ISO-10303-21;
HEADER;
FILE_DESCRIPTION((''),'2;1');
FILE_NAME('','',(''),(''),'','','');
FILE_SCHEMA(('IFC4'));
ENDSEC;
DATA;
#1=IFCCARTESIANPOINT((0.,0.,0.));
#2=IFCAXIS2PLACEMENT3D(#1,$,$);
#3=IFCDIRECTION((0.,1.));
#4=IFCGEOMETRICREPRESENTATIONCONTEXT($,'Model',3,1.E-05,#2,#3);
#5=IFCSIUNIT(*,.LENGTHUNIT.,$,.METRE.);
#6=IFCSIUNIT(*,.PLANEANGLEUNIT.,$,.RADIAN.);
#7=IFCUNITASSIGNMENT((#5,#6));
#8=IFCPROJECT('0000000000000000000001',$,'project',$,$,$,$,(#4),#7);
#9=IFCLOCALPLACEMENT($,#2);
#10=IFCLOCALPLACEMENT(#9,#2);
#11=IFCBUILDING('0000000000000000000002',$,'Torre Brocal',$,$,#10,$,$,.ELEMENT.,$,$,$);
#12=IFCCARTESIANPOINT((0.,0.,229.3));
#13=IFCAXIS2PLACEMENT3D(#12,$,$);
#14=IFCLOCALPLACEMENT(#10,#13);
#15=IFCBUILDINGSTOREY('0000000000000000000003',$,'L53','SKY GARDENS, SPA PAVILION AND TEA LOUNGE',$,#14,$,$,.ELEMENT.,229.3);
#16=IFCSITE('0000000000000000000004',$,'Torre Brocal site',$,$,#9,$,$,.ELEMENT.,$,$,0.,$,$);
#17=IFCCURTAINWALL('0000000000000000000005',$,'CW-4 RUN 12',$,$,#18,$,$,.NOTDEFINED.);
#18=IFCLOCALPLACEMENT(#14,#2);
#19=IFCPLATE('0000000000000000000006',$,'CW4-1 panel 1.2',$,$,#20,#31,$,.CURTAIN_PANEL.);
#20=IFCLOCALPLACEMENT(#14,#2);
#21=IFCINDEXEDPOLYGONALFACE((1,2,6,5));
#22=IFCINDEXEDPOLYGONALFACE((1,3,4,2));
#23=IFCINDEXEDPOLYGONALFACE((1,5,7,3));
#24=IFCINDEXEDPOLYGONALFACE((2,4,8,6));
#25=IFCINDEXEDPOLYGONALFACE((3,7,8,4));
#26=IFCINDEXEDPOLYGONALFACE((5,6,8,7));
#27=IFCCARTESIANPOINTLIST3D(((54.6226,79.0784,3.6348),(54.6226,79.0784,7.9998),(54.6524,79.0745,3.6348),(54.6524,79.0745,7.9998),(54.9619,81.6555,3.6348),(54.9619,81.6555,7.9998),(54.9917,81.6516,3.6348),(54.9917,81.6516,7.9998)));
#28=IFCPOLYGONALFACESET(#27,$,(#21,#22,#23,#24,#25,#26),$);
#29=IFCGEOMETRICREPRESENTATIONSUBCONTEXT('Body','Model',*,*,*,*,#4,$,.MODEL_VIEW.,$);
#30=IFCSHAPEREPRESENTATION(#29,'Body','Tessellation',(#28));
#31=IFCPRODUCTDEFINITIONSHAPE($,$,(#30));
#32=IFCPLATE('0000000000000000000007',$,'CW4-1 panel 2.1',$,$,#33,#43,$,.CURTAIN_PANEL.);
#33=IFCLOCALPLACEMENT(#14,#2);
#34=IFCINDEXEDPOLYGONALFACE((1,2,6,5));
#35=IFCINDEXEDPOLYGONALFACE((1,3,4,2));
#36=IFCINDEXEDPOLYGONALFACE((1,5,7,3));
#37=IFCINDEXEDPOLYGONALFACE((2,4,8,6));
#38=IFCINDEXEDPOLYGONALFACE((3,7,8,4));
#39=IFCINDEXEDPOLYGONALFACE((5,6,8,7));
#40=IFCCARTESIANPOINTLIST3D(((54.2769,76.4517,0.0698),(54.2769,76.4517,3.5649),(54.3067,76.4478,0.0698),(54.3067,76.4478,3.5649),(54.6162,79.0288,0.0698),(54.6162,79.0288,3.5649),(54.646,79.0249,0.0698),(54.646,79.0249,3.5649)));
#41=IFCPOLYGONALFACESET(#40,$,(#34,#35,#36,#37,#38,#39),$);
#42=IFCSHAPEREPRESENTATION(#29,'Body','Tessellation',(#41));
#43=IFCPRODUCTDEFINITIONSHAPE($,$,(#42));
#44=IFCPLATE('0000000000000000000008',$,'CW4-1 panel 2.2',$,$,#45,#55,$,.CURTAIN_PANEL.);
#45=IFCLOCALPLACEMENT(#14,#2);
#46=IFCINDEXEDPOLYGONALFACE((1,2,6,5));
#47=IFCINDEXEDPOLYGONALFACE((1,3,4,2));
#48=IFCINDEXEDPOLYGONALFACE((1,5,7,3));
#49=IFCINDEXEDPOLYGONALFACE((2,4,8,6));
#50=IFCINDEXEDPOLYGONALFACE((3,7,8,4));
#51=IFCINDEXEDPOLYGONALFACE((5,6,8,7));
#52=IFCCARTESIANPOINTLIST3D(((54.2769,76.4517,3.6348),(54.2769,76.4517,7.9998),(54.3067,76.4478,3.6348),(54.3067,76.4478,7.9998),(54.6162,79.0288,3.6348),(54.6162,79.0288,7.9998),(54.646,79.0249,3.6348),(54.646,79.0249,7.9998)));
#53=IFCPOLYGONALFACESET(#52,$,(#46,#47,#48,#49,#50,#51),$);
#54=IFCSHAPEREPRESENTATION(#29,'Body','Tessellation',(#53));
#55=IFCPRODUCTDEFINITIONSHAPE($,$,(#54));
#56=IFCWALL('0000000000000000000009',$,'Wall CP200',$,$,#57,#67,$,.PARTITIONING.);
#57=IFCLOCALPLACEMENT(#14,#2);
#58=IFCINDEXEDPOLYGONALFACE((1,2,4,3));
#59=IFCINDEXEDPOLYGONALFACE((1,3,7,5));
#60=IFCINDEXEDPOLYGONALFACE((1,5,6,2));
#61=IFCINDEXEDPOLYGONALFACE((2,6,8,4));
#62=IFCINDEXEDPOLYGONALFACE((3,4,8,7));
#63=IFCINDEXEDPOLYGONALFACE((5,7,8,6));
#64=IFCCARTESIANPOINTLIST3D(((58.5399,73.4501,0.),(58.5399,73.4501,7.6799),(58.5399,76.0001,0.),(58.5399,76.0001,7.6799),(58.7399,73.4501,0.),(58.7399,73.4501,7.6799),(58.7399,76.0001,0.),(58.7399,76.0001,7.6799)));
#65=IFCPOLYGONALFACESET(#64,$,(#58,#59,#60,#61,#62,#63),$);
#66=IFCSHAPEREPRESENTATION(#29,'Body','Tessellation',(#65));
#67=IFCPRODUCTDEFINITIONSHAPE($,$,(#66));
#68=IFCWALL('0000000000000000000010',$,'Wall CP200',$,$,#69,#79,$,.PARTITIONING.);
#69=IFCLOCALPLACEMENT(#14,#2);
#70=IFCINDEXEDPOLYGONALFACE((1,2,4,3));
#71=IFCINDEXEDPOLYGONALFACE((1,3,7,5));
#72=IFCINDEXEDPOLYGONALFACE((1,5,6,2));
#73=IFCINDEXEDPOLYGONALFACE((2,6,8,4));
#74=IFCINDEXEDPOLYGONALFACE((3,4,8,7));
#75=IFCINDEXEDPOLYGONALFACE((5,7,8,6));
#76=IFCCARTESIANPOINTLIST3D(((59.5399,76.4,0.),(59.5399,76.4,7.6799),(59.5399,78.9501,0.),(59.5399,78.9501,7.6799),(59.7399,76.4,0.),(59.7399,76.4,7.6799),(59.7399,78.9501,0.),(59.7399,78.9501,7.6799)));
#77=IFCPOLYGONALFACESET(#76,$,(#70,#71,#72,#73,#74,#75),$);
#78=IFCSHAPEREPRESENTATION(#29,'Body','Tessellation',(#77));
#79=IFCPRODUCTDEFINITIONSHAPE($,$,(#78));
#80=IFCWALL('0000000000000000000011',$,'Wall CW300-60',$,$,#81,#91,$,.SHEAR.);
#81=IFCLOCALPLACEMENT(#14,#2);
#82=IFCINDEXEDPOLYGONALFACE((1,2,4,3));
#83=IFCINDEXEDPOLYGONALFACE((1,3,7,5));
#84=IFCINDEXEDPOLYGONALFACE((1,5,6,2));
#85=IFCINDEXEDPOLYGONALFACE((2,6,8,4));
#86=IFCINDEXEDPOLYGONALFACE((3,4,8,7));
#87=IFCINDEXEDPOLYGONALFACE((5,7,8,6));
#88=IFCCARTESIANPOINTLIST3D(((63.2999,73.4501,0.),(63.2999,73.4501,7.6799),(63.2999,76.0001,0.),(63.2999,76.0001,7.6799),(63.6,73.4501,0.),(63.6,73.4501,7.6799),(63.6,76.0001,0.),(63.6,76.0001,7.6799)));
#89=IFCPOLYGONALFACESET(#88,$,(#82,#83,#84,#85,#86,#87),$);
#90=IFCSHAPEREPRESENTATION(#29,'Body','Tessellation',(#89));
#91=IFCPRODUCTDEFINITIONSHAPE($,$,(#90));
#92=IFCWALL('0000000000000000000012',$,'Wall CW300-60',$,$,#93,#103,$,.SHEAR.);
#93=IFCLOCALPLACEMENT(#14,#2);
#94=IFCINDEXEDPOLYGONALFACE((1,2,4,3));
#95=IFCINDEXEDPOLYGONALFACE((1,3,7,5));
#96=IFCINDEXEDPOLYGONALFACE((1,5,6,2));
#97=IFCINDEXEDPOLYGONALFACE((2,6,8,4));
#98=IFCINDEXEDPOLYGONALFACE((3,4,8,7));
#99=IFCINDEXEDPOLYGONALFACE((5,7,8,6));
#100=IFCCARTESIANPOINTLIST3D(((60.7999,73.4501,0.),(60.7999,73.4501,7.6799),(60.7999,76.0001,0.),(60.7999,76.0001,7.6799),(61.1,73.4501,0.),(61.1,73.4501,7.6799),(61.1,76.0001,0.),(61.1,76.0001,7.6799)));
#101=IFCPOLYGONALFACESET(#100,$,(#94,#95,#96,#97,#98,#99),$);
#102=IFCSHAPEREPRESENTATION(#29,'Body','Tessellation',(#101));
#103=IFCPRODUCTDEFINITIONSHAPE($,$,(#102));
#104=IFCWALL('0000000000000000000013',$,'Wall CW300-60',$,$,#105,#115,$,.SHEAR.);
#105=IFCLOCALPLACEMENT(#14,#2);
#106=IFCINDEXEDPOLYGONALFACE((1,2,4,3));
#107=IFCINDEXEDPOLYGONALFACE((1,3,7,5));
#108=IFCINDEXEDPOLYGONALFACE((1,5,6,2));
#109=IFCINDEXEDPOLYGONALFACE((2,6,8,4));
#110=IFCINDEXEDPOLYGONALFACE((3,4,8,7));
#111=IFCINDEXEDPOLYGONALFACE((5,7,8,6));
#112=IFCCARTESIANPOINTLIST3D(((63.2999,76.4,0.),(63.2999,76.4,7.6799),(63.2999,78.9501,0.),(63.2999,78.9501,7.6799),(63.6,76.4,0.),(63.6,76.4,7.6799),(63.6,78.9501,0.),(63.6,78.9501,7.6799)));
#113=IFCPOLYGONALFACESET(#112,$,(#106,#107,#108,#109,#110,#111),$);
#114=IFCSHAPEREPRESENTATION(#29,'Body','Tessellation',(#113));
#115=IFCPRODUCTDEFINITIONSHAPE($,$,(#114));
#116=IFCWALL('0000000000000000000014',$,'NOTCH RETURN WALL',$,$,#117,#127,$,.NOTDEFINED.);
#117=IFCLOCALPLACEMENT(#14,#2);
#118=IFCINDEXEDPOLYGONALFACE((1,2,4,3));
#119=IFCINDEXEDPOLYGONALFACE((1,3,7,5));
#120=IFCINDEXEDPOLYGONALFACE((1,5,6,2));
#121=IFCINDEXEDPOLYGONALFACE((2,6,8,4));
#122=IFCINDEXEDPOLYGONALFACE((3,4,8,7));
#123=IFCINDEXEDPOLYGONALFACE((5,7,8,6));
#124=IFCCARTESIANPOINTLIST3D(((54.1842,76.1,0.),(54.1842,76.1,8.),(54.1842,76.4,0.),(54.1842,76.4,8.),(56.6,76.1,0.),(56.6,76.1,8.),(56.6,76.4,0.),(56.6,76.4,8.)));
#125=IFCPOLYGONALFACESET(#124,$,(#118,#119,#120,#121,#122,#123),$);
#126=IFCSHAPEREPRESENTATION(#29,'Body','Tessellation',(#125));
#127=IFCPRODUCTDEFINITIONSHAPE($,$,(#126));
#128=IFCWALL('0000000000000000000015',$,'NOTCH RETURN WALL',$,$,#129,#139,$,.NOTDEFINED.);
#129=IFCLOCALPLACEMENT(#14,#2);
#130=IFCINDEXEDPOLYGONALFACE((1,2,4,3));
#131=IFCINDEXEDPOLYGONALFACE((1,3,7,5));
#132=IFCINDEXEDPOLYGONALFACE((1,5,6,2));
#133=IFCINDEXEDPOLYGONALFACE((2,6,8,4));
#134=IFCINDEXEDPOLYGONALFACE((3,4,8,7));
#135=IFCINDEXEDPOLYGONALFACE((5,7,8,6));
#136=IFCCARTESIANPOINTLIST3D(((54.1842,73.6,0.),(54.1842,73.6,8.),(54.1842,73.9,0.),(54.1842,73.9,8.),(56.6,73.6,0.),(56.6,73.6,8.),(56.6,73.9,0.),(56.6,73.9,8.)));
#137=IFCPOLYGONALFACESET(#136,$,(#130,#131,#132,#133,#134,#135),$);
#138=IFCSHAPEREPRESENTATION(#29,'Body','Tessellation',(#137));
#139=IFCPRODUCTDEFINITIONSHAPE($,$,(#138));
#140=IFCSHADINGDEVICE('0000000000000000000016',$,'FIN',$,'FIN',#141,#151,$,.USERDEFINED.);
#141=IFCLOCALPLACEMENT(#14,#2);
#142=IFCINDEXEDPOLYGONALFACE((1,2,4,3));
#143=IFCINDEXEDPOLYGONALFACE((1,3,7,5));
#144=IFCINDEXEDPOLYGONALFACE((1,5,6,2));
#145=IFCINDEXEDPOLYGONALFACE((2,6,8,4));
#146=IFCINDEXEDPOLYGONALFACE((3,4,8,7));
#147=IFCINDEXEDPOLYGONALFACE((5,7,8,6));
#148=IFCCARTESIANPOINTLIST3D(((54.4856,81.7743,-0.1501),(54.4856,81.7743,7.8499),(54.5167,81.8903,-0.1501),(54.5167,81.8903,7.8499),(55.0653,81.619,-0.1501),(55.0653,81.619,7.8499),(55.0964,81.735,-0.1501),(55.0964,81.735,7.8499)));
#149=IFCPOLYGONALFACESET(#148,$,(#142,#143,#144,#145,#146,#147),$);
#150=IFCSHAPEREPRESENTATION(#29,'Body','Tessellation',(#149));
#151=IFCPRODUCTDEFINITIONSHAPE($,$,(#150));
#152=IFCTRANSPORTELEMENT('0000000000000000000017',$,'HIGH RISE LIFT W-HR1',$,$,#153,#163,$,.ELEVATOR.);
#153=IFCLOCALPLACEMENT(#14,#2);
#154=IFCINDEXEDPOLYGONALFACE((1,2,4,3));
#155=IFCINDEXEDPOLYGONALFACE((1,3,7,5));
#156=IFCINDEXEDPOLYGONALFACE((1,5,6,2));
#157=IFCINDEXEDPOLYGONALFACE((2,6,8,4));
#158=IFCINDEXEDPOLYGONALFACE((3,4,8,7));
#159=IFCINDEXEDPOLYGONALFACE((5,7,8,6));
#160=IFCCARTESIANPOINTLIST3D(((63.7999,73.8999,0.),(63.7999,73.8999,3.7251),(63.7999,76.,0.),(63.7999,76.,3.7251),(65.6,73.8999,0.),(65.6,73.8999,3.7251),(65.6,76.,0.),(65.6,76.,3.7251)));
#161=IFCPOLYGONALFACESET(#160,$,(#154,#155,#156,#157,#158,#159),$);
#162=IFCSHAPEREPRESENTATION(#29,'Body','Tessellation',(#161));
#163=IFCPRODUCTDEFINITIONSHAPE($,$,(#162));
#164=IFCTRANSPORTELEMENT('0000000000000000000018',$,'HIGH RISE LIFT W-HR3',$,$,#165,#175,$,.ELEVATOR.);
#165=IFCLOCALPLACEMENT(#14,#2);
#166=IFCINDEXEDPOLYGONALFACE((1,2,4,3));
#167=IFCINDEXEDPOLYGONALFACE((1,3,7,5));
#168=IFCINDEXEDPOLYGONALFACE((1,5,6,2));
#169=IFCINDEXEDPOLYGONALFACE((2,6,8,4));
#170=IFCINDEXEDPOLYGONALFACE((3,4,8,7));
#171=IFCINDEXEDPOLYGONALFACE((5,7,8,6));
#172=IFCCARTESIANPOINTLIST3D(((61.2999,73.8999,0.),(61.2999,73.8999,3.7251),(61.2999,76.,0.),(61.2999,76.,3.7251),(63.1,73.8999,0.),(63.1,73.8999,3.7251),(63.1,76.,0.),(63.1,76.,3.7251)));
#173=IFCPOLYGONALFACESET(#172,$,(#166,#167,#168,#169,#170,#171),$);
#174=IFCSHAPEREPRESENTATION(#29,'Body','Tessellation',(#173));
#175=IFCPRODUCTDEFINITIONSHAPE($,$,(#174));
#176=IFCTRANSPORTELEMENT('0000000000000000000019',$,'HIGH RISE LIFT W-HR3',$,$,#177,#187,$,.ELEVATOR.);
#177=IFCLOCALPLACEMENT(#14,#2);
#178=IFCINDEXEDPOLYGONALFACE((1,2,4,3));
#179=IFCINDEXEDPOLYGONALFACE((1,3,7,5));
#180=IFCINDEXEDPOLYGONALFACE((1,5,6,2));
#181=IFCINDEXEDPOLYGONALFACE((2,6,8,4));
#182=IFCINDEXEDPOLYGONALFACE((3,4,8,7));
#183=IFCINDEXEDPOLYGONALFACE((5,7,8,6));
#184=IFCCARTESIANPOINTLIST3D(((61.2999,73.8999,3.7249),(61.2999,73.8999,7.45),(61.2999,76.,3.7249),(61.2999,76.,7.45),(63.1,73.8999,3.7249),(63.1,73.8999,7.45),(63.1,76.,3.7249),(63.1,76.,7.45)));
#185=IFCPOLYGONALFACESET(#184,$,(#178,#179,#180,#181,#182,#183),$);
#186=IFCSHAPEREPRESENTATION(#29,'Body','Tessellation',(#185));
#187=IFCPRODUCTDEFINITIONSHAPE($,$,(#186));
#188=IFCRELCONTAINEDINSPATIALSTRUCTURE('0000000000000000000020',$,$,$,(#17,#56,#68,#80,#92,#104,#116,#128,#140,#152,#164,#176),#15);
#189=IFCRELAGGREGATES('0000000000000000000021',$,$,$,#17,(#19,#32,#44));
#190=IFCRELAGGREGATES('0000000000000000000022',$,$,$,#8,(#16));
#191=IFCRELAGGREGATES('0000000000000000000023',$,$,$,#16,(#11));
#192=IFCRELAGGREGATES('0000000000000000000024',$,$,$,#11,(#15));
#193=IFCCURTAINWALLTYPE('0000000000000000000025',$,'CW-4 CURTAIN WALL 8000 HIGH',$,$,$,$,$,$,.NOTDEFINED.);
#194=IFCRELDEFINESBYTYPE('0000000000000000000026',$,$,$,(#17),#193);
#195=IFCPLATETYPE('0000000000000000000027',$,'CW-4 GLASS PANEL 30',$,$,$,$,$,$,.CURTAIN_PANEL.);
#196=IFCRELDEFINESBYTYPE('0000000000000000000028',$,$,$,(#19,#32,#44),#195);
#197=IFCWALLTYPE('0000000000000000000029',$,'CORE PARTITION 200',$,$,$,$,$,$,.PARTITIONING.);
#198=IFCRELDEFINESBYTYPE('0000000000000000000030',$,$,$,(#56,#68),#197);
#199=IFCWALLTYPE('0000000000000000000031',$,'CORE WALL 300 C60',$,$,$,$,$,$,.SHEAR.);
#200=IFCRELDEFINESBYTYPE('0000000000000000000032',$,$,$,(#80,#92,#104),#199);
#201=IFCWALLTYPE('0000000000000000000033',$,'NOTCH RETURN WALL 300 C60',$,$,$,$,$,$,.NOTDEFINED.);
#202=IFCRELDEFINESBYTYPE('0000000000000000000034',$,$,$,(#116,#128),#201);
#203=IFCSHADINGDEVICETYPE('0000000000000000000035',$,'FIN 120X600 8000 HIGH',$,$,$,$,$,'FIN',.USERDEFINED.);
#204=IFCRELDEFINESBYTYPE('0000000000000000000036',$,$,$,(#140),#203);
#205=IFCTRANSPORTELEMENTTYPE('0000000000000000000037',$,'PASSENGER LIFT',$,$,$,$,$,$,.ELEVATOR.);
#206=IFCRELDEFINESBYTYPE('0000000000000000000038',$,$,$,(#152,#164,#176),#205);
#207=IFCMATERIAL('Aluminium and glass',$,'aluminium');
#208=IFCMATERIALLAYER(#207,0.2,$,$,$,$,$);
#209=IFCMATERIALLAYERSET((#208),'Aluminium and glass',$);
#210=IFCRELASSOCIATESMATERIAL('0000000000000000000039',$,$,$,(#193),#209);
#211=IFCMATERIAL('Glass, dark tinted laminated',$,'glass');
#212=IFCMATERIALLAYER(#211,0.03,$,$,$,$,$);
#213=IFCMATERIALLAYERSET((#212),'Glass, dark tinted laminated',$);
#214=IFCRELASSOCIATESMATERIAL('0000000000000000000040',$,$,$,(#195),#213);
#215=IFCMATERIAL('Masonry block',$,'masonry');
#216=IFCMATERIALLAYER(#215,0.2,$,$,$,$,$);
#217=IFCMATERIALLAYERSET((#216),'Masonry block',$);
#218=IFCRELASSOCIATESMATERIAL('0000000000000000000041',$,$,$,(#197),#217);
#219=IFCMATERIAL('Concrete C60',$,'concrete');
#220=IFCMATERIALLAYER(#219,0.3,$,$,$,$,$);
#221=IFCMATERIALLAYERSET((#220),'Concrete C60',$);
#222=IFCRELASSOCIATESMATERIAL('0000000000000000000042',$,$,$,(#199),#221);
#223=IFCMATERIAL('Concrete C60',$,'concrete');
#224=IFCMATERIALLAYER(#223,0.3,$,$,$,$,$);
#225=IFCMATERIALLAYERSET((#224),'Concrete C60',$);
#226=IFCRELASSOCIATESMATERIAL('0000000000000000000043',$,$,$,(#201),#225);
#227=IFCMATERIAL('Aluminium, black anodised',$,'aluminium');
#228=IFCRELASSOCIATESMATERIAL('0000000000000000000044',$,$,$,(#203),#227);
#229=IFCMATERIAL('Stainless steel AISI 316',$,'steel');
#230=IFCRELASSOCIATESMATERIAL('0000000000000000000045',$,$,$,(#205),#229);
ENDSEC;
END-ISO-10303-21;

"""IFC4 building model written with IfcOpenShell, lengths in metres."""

from ifc_helpers import new_model, si_unit, direction, frame, frame_2d, origin, origin_2d, place, context, subcontext, project, spatial, rectangle, extrude, material, layer, layer_set, material_profile, profile_set, type_object, element, aggregate, save


model = new_model("IFC4")

# Units and contexts
model_context = context("Model", 3, precision=1e-05, world=origin(), true_north=direction((0.0, 1.0)))
body_context = subcontext(model_context, "Body", "Model", "MODEL_VIEW")
ifc_project = project(units=[si_unit("LENGTHUNIT", "METRE"), si_unit("PLANEANGLEUNIT", "RADIAN")], contexts=[model_context])

# Site, building, storey
site_placement = place(None, origin())
site = spatial("IfcSite", under=ifc_project, at=site_placement, Name="Torre Brocal site", CompositionType="ELEMENT", RefElevation=0.0)
building_placement = place(site_placement, origin())
building = spatial("IfcBuilding", under=site, at=building_placement, Name="Torre Brocal", CompositionType="ELEMENT")
storey_placement = place(building_placement, frame((0.0, 0.0, 229.3)))
storey = spatial("IfcBuildingStorey", under=building, at=storey_placement, Name="L53", Description="SKY GARDENS, SPA PAVILION AND TEA LOUNGE", CompositionType="ELEMENT", Elevation=229.3)

# Shared definitions
ifc_material_1 = material(Name="Aluminium and glass", Category="aluminium")
ifc_layer_1 = layer(ifc_material_1, 0.2)
ifc_layer_set_1 = layer_set([ifc_layer_1], Name="Aluminium and glass")
curtain_wall_type = type_object("IfcCurtainWallType", Name="CW-4 CURTAIN WALL 8000 HIGH", PredefinedType="NOTDEFINED", material=ifc_layer_set_1)

# Curtain wall
curtain_wall_1_placement = place(storey_placement, origin())
curtain_wall_1 = element("IfcCurtainWall", 1, at=curtain_wall_1_placement, inside=storey, type_object=curtain_wall_type, Name="CW-4 RUN 12", PredefinedType="NOTDEFINED")

# Plates
ifc_material_2 = material(Name="Glass, dark tinted laminated", Category="glass")
ifc_layer_2 = layer(ifc_material_2, 0.03)
ifc_layer_set_2 = layer_set([ifc_layer_2], Name="Glass, dark tinted laminated")
plate_type = type_object("IfcPlateType", Name="CW-4 GLASS PANEL 30", PredefinedType="CURTAIN_PANEL", material=ifc_layer_set_2)
plate_1_placement = place(storey_placement, frame((54.8071, 80.365, 3.6348), z_axis=(0.0, 0.0, 1.0), x_axis=(-0.130526, -0.991445, 0.0)))
plate_1 = element("IfcPlate", 2, at=plate_1_placement, type_object=plate_type, Name="CW4-1 panel 1.2", PredefinedType="CURTAIN_PANEL", context=body_context, shape_type="SweptSolid", body=[
    extrude(rectangle(XDim=2.5994, YDim=0.03, at=origin_2d()), origin(), (0.0, 0.0, 1.0), 4.365),
])
plate_2_placement = place(storey_placement, frame((54.4614, 77.7383, 0.0698), z_axis=(0.0, 0.0, 1.0), x_axis=(-0.130526, -0.991445, 0.0)))
plate_2 = element("IfcPlate", 3, at=plate_2_placement, type_object=plate_type, Name="CW4-1 panel 2.1", PredefinedType="CURTAIN_PANEL", context=body_context, shape_type="SweptSolid", body=[
    extrude(rectangle(XDim=2.5994, YDim=0.03, at=origin_2d()), origin(), (0.0, 0.0, 1.0), 3.4951),
])
plate_3_placement = place(storey_placement, frame((54.4614, 77.7383, 3.6348), z_axis=(0.0, 0.0, 1.0), x_axis=(-0.130526, -0.991445, 0.0)))
plate_3 = element("IfcPlate", 4, at=plate_3_placement, type_object=plate_type, Name="CW4-1 panel 2.2", PredefinedType="CURTAIN_PANEL", context=body_context, shape_type="SweptSolid", body=[
    extrude(rectangle(XDim=2.5994, YDim=0.03, at=origin_2d()), origin(), (0.0, 0.0, 1.0), 4.365),
])
aggregate(curtain_wall_1, [plate_1, plate_2, plate_3])

# Walls
ifc_material_3 = material(Name="Masonry block", Category="masonry")
ifc_layer_3 = layer(ifc_material_3, 0.2)
ifc_layer_set_3 = layer_set([ifc_layer_3], Name="Masonry block")
wall_type_1 = type_object("IfcWallType", Name="CORE PARTITION 200", PredefinedType="PARTITIONING", material=ifc_layer_set_3)
for number, where, z_axis, x_axis, name in (
    (5, (58.6399, 76.0, 0.0), (0.0, 0.0, 1.0), (0.0, -1.0, 0.0), "Wall CP200"),
    (6, (59.6399, 78.95, 0.0), (0.0, 0.0, 1.0), (0.0, -1.0, 0.0), "Wall CP200"),
):
    element("IfcWall", number, at=place(storey_placement, frame(where, z_axis=z_axis, x_axis=x_axis)), inside=storey, type_object=wall_type_1, Name=name, PredefinedType="PARTITIONING", context=body_context, shape_type="SweptSolid", body=[
        extrude(rectangle(XDim=2.55, YDim=0.2, at=frame_2d((1.2749, 0.0))), origin(), (0.0, 0.0, 1.0), 7.6799),
    ])
ifc_material_4 = material(Name="Concrete C60", Category="concrete")
ifc_layer_4 = layer(ifc_material_4, 0.3)
ifc_layer_set_4 = layer_set([ifc_layer_4], Name="Concrete C60")
wall_type_2 = type_object("IfcWallType", Name="CORE WALL 300 C60", PredefinedType="SHEAR", material=ifc_layer_set_4)
for number, where, z_axis, x_axis, name in (
    (7, (63.45, 76.0, 0.0), (0.0, 0.0, 1.0), (0.0, -1.0, 0.0), "Wall CW300-60"),
    (8, (60.95, 76.0, 0.0), (0.0, 0.0, 1.0), (0.0, -1.0, 0.0), "Wall CW300-60"),
    (9, (63.45, 78.95, 0.0), (0.0, 0.0, 1.0), (0.0, -1.0, 0.0), "Wall CW300-60"),
):
    element("IfcWall", number, at=place(storey_placement, frame(where, z_axis=z_axis, x_axis=x_axis)), inside=storey, type_object=wall_type_2, Name=name, PredefinedType="SHEAR", context=body_context, shape_type="SweptSolid", body=[
        extrude(rectangle(XDim=2.55, YDim=0.3, at=frame_2d((1.2749, 0.0))), origin(), (0.0, 0.0, 1.0), 7.6799),
    ])
ifc_material_5 = material(Name="Concrete C60", Category="concrete")
ifc_layer_5 = layer(ifc_material_5, 0.3)
ifc_layer_set_5 = layer_set([ifc_layer_5], Name="Concrete C60")
wall_type_3 = type_object("IfcWallType", Name="NOTCH RETURN WALL 300 C60", PredefinedType="NOTDEFINED", material=ifc_layer_set_5)
for number, where, z_axis, x_axis, name in (
    (10, (56.6001, 76.25, 0.0), (0.0, 0.0, 1.0), (-1.0, 0.0, 0.0), "NOTCH RETURN WALL"),
    (11, (56.6001, 73.75, 0.0), (0.0, 0.0, 1.0), (-1.0, 0.0, 0.0), "NOTCH RETURN WALL"),
):
    element("IfcWall", number, at=place(storey_placement, frame(where, z_axis=z_axis, x_axis=x_axis)), inside=storey, type_object=wall_type_3, Name=name, PredefinedType="NOTDEFINED", context=body_context, shape_type="SweptSolid", body=[
        extrude(rectangle(XDim=2.4158, YDim=0.3, at=frame_2d((1.208, 0.0))), origin(), (0.0, 0.0, 1.0), 8.0),
    ])

# Shading device
ifc_material_6 = material(Name="Aluminium, black anodised", Category="aluminium")
ifc_material_profile_1 = material_profile(ifc_material_6, rectangle(XDim=0.1201, YDim=0.6001, at=origin_2d()), Name="FIN 120X600 8000 HIGH")
ifc_profile_set_1 = profile_set([ifc_material_profile_1], Name="Aluminium, black anodised")
shading_device_type = type_object("IfcShadingDeviceType", Name="FIN 120X600 8000 HIGH", ElementType="FIN", PredefinedType="USERDEFINED", material=ifc_profile_set_1)
shading_device_placement = place(storey_placement, frame((54.791, 81.7546, -0.1501), z_axis=(0.0, 0.0, 1.0), x_axis=(-0.258819, -0.965926, 0.0)))
element("IfcShadingDevice", 12, at=shading_device_placement, inside=storey, type_object=shading_device_type, Name="FIN", ObjectType="FIN", PredefinedType="USERDEFINED", context=body_context, shape_type="SweptSolid", body=[
    extrude(rectangle(XDim=0.1201, YDim=0.6001, at=origin_2d()), origin(), (0.0, 0.0, 1.0), 8.0),
])

# Transport elements
ifc_material_7 = material(Name="Stainless steel AISI 316", Category="steel")
transport_element_type = type_object("IfcTransportElementType", Name="PASSENGER LIFT", PredefinedType="ELEVATOR", material=ifc_material_7)
for number, where, z_axis, x_axis, name in (
    (13, (64.7, 74.95, 0.0), (0.0, 0.0, 1.0), (1.0, 0.0, 0.0), "HIGH RISE LIFT W-HR1"),
    (14, (62.2, 74.95, 0.0), (0.0, 0.0, 1.0), (1.0, 0.0, 0.0), "HIGH RISE LIFT W-HR3"),
    (15, (62.2, 74.95, 3.7249), (0.0, 0.0, 1.0), (1.0, 0.0, 0.0), "HIGH RISE LIFT W-HR3"),
):
    element("IfcTransportElement", number, at=place(storey_placement, frame(where, z_axis=z_axis, x_axis=x_axis)), inside=storey, type_object=transport_element_type, Name=name, PredefinedType="ELEVATOR", context=body_context, shape_type="SweptSolid", body=[
        extrude(rectangle(XDim=1.8, YDim=2.1001, at=origin_2d()), origin(), (0.0, 0.0, 1.0), 3.7251),
    ])

save(model, "model.ifc")
